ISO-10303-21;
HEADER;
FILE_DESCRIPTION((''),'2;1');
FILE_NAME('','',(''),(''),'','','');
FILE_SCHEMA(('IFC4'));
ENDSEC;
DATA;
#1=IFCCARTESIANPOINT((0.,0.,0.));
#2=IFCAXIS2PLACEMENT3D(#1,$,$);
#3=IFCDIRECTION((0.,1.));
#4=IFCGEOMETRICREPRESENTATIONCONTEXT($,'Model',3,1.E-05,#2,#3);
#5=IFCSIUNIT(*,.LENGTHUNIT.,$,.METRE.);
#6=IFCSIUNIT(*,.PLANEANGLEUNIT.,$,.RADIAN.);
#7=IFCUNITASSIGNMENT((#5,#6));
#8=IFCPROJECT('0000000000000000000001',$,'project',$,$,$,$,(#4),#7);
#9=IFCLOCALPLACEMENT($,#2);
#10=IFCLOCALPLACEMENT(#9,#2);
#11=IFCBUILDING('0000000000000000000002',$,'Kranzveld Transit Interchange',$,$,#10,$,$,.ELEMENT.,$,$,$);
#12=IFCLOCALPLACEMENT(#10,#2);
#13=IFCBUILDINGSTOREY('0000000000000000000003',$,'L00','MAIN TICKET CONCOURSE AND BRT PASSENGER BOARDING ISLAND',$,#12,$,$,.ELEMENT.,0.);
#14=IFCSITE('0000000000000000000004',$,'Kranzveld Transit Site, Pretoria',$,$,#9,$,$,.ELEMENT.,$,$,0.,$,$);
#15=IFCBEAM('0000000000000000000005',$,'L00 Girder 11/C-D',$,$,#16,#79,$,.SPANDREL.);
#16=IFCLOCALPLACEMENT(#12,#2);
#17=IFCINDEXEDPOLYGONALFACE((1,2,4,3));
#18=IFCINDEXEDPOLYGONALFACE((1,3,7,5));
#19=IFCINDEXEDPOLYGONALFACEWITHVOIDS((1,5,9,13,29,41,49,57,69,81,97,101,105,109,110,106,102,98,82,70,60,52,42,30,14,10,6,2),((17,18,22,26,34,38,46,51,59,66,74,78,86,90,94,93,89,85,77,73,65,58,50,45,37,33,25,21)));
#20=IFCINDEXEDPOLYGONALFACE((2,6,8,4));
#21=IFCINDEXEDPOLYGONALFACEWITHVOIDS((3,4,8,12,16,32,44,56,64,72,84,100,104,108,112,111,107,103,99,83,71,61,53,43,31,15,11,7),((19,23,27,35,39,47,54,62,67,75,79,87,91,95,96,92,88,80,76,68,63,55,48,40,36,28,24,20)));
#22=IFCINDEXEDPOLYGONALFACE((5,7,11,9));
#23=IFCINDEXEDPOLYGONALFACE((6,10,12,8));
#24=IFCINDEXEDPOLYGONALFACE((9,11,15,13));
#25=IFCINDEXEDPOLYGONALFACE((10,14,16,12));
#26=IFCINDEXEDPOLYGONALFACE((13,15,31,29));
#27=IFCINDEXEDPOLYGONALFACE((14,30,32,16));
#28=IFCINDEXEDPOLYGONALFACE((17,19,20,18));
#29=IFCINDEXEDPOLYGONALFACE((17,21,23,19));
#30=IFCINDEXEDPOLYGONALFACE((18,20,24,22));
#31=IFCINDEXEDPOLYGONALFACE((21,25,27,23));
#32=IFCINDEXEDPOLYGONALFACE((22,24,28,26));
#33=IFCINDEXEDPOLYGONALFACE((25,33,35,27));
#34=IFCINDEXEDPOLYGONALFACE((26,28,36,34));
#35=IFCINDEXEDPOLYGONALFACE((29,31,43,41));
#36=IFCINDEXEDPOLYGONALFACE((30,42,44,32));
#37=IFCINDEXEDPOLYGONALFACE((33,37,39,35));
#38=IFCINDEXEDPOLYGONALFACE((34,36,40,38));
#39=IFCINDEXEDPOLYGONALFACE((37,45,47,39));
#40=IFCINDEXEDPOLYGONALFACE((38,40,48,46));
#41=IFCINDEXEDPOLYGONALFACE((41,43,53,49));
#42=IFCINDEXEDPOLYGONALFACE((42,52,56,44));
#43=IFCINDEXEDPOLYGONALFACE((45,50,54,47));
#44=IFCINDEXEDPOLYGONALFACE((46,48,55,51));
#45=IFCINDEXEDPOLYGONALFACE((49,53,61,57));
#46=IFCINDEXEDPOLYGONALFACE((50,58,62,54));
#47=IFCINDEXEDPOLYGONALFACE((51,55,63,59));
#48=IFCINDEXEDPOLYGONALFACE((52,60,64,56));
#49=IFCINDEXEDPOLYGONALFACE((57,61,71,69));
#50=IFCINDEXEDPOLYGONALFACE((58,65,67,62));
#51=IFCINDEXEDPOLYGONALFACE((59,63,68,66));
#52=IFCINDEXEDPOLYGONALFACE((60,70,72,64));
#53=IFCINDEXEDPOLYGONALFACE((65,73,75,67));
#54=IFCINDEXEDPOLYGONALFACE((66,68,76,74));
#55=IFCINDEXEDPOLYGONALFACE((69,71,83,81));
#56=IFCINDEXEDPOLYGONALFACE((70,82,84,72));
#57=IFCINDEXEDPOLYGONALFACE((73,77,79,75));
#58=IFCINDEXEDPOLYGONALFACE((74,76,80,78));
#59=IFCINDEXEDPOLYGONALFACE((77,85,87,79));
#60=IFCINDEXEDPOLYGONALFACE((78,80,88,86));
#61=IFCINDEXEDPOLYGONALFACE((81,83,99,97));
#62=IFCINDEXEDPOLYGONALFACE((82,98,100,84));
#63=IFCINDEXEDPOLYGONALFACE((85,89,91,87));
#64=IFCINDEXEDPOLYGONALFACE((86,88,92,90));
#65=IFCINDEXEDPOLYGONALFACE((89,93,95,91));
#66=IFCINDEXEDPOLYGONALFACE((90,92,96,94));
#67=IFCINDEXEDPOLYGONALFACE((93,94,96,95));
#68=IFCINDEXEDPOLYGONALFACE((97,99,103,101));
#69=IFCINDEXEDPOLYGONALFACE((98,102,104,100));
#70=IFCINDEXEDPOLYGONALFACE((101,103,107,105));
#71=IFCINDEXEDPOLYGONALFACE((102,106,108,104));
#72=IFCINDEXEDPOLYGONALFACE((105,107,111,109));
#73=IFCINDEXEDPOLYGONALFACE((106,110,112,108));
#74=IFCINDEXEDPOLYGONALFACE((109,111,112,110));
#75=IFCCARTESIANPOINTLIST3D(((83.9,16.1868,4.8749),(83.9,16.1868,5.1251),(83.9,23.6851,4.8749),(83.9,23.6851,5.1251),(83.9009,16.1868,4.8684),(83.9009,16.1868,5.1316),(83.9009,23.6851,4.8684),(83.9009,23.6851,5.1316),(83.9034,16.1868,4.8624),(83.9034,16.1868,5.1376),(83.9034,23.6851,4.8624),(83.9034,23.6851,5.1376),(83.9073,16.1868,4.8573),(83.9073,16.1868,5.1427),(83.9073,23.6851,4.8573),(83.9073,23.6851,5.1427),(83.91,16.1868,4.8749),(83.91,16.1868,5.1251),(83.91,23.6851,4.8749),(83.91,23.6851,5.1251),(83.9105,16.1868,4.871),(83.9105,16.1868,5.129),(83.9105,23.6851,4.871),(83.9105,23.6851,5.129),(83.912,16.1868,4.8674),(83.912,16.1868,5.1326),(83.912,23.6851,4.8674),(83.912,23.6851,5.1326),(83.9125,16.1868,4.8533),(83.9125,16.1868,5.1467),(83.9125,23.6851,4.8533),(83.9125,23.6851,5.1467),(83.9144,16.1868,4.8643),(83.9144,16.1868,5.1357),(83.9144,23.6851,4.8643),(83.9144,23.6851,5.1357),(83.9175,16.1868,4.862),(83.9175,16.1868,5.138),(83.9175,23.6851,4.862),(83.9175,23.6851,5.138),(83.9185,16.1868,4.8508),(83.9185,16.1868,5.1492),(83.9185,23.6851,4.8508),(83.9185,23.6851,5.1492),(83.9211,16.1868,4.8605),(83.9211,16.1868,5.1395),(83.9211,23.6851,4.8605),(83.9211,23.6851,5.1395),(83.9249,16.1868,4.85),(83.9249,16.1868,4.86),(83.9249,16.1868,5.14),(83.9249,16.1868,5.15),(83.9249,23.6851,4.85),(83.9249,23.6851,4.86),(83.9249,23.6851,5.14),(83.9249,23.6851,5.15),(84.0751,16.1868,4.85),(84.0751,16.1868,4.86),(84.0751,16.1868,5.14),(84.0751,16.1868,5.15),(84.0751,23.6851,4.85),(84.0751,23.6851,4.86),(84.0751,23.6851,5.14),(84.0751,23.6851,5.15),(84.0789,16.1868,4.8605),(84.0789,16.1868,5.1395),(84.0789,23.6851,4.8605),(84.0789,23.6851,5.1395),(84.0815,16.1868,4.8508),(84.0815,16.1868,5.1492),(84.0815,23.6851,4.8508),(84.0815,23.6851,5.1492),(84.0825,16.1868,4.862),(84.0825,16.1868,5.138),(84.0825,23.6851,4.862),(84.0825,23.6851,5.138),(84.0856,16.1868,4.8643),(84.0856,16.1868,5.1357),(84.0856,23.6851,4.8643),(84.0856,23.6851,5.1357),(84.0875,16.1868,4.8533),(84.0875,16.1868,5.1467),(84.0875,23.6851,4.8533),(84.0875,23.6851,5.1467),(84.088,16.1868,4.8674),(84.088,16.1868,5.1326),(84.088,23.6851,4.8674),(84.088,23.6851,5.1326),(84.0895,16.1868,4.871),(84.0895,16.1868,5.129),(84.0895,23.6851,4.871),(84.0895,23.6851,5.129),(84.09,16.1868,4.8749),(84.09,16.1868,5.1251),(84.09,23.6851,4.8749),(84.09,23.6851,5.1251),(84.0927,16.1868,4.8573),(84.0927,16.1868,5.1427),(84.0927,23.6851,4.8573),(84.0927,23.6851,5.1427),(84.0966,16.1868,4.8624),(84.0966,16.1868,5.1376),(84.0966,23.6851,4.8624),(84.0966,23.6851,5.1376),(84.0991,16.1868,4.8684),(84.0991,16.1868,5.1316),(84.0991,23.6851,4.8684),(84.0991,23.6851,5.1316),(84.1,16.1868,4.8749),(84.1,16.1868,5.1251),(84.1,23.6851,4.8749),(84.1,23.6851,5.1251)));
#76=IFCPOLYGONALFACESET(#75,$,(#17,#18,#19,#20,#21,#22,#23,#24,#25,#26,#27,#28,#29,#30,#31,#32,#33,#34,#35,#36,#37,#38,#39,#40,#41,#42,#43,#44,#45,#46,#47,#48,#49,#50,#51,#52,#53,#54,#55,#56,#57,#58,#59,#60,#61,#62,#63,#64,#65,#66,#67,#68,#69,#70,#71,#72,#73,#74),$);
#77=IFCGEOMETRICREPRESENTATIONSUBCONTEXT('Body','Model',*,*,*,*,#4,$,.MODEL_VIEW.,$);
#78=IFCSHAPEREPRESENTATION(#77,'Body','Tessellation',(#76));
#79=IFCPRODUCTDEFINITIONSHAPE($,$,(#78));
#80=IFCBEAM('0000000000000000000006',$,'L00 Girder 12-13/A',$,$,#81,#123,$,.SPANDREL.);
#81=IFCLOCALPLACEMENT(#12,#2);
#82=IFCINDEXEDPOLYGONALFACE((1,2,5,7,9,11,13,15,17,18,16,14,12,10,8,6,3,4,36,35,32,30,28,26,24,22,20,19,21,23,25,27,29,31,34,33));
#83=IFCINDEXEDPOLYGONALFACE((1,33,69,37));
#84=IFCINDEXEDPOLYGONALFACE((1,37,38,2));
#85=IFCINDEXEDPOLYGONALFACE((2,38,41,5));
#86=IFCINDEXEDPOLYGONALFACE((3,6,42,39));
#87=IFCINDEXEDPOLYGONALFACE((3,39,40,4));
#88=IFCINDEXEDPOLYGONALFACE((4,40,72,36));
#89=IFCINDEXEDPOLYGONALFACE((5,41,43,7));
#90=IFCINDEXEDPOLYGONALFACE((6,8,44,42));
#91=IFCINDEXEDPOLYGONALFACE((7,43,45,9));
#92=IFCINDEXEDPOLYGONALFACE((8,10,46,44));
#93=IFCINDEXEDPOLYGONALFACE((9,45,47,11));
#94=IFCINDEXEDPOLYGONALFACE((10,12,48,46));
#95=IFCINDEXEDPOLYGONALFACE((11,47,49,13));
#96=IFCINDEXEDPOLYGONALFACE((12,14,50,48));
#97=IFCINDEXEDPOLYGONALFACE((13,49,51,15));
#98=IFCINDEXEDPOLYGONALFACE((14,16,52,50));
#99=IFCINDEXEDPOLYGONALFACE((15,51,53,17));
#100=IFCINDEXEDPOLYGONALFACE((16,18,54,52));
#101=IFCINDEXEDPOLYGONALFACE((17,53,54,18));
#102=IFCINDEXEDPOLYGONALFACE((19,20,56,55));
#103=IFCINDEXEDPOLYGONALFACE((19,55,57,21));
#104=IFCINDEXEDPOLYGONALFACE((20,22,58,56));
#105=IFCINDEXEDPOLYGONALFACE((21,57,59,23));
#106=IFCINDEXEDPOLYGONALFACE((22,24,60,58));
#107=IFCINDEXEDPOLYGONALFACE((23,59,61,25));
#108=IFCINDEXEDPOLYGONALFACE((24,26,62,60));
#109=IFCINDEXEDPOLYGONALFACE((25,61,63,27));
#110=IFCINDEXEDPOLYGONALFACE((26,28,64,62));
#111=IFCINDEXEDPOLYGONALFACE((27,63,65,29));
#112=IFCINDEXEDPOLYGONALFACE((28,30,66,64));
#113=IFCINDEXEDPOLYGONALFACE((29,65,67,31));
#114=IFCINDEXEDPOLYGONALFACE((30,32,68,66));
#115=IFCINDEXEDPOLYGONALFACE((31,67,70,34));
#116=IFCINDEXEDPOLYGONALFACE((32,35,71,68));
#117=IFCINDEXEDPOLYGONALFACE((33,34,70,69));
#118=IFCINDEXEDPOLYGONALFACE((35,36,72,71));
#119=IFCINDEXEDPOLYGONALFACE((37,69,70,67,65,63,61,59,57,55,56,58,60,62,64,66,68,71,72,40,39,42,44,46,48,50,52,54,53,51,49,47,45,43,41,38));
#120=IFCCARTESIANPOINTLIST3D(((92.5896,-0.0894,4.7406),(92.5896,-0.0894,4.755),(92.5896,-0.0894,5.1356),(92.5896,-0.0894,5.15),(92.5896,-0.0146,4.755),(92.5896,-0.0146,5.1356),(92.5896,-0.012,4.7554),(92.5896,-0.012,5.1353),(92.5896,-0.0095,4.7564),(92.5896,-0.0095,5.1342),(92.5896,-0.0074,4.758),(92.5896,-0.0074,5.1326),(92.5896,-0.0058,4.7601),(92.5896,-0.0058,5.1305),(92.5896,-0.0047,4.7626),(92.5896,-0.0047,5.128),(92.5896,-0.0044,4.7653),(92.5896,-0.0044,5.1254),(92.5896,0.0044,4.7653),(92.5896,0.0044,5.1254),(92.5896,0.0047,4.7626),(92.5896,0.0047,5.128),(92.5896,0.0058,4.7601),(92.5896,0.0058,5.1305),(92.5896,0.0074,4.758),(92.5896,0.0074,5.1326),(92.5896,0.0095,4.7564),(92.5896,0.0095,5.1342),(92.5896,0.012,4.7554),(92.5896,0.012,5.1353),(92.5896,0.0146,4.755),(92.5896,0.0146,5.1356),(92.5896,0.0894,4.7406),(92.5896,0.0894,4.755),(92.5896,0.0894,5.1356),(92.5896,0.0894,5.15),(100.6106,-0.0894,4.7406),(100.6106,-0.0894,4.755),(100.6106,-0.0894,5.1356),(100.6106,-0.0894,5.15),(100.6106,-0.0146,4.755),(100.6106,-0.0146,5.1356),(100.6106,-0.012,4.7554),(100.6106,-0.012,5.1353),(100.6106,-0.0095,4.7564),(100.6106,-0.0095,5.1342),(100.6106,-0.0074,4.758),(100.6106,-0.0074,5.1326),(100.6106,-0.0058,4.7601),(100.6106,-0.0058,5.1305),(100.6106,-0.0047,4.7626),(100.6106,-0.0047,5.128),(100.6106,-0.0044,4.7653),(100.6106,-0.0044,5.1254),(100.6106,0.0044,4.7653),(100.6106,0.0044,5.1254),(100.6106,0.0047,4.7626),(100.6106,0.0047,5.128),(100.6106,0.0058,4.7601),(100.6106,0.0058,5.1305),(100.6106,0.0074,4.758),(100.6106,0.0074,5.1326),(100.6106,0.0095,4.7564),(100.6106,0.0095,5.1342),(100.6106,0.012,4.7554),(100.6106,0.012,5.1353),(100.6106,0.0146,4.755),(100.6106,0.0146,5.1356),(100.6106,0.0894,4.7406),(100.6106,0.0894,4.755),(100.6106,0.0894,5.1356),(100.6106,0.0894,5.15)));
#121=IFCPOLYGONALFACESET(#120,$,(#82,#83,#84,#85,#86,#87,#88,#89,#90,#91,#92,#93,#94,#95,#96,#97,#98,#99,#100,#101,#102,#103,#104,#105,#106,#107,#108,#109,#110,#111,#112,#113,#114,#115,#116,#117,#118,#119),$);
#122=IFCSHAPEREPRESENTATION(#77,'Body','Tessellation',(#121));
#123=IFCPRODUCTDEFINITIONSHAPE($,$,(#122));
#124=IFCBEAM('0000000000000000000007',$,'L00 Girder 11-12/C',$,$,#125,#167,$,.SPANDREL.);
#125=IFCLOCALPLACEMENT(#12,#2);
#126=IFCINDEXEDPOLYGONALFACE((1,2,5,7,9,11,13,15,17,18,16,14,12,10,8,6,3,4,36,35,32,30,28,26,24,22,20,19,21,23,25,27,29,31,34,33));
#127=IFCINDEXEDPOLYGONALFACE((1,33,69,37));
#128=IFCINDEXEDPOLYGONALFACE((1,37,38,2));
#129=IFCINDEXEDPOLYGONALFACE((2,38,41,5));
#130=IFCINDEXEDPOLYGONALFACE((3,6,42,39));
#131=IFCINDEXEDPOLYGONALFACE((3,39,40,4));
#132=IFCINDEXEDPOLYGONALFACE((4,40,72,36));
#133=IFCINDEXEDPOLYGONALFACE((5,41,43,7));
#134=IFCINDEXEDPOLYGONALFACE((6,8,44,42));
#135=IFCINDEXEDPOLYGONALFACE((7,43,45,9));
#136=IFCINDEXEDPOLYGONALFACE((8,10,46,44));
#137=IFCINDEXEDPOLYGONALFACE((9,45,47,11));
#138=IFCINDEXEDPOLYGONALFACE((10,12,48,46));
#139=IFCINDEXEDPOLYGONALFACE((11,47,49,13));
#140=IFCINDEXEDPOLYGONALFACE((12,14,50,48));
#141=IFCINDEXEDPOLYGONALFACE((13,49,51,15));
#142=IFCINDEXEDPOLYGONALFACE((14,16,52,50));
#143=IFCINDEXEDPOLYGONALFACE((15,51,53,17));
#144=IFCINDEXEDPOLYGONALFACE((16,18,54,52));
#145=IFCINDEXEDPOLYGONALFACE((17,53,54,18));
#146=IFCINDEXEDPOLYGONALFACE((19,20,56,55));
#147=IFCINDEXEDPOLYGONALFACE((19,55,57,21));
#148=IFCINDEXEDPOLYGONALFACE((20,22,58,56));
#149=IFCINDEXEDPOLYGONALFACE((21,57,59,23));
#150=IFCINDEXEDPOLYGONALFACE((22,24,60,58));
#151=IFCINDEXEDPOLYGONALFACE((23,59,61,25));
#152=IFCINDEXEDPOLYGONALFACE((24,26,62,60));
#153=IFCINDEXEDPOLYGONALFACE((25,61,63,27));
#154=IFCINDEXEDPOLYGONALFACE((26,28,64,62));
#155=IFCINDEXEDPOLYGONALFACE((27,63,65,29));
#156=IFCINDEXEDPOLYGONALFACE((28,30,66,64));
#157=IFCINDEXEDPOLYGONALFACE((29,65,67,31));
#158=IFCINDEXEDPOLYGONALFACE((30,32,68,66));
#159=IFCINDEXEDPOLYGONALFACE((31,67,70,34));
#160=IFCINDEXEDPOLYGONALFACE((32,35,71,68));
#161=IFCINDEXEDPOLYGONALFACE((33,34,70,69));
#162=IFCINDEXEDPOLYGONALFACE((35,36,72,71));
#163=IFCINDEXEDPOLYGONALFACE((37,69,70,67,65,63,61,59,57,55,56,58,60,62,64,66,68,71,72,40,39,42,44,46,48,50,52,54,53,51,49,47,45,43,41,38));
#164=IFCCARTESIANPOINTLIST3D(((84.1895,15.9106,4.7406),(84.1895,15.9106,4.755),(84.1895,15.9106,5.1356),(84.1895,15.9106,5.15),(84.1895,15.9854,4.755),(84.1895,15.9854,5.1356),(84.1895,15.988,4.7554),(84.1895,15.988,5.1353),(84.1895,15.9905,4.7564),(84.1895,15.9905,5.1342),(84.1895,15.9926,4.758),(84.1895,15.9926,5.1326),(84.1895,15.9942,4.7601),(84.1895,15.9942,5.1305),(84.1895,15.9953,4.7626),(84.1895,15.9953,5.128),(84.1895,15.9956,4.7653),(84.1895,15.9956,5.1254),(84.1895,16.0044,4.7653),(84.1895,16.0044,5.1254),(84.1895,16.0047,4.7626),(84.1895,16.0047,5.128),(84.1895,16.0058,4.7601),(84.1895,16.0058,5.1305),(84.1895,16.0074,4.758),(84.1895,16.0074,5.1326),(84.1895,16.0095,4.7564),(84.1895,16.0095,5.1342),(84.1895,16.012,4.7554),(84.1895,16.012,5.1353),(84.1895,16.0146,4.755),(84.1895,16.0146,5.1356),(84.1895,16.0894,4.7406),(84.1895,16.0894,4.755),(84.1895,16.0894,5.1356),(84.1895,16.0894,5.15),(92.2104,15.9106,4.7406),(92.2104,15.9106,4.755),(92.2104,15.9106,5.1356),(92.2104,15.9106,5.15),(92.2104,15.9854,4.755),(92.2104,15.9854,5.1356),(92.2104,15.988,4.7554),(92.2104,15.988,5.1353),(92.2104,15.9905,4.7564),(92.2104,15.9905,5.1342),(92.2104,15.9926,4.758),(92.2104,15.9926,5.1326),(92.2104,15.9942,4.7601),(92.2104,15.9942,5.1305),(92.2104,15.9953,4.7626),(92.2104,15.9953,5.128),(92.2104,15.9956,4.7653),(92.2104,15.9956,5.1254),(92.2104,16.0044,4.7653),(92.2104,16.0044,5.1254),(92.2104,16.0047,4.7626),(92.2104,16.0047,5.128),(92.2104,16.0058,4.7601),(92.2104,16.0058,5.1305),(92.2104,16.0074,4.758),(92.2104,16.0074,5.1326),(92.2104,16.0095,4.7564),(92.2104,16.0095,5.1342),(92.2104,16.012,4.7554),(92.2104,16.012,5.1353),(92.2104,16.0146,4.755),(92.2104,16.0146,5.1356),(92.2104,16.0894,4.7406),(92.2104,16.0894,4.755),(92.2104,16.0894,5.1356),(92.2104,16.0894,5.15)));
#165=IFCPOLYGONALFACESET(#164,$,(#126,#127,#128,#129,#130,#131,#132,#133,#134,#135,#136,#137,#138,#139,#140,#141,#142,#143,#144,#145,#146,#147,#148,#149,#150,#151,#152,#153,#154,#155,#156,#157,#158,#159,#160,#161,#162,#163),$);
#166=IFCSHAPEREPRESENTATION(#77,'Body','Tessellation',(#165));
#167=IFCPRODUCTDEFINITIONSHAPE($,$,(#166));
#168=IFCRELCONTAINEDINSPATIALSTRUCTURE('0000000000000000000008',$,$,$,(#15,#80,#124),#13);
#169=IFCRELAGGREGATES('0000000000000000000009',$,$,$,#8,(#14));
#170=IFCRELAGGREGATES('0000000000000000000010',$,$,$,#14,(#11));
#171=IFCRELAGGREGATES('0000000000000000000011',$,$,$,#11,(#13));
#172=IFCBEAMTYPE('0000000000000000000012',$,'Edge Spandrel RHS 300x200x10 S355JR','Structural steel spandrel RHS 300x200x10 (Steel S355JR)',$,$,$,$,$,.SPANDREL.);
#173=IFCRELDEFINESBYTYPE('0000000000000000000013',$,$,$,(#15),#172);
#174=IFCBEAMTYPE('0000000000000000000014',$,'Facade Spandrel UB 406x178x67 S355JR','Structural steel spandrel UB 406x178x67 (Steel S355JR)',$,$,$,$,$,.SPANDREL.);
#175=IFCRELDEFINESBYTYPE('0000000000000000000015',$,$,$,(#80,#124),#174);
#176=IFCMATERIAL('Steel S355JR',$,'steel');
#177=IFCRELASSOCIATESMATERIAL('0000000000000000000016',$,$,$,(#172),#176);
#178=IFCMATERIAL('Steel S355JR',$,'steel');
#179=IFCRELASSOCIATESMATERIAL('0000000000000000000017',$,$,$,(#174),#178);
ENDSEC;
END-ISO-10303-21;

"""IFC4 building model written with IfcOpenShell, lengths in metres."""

from ifc_helpers import new_model, si_unit, direction, frame, origin, origin_2d, place, context, subcontext, project, spatial, hollow_rectangle, i_section, extrude, material, material_profile, profile_set, type_object, element, save


model = new_model("IFC4")

# Units and contexts
model_context = context("Model", 3, precision=1e-05, world=origin(), true_north=direction((0.0, 1.0)))
body_context = subcontext(model_context, "Body", "Model", "MODEL_VIEW")
ifc_project = project(units=[si_unit("LENGTHUNIT", "METRE"), si_unit("PLANEANGLEUNIT", "RADIAN")], contexts=[model_context])

# Site, building, storey
site_placement = place(None, origin())
site = spatial("IfcSite", under=ifc_project, at=site_placement, Name="Kranzveld Transit Site, Pretoria", CompositionType="ELEMENT", RefElevation=0.0)
building_placement = place(site_placement, origin())
building = spatial("IfcBuilding", under=site, at=building_placement, Name="Kranzveld Transit Interchange", CompositionType="ELEMENT")
storey_placement = place(building_placement, origin())
storey = spatial("IfcBuildingStorey", under=building, at=storey_placement, Name="L00", Description="MAIN TICKET CONCOURSE AND BRT PASSENGER BOARDING ISLAND", CompositionType="ELEMENT", Elevation=0.0)

# Beams
ifc_material_1 = material(Name="Steel S355JR", Category="steel")
ifc_material_profile_1 = material_profile(ifc_material_1, hollow_rectangle(XDim=0.2, YDim=0.3, WallThickness=0.01, InnerFilletRadius=0.0149, OuterFilletRadius=0.0249, at=origin_2d()), Name="RHS 300x200x10")
ifc_profile_set_1 = profile_set([ifc_material_profile_1], Name="Steel S355JR")
beam_type_1 = type_object("IfcBeamType", Name="Edge Spandrel RHS 300x200x10 S355JR", Description="Structural steel spandrel RHS 300x200x10 (Steel S355JR)", PredefinedType="SPANDREL", material=ifc_profile_set_1)
beam_1_placement = place(storey_placement, frame((84.0, 16.1868, 5.0), z_axis=(0.0, 1.0, 0.0), x_axis=(-1.0, 0.0, 0.0)))
element("IfcBeam", 1, at=beam_1_placement, inside=storey, type_object=beam_type_1, Name="L00 Girder 11/C-D", PredefinedType="SPANDREL", context=body_context, shape_type="SweptSolid", body=[
    extrude(hollow_rectangle(XDim=0.2, YDim=0.3, WallThickness=0.01, InnerFilletRadius=0.0149, OuterFilletRadius=0.0249, at=origin_2d()), origin(), (0.0, 0.0, 1.0), 7.4983),
])
ifc_material_2 = material(Name="Steel S355JR", Category="steel")
ifc_material_profile_2 = material_profile(ifc_material_2, i_section(OverallWidth=0.1787, OverallDepth=0.4094, WebThickness=0.0088, FlangeThickness=0.0144, FilletRadius=0.0103, at=origin_2d()), Name="UB 406x178x67")
ifc_profile_set_2 = profile_set([ifc_material_profile_2], Name="Steel S355JR")
beam_type_2 = type_object("IfcBeamType", Name="Facade Spandrel UB 406x178x67 S355JR", Description="Structural steel spandrel UB 406x178x67 (Steel S355JR)", PredefinedType="SPANDREL", material=ifc_profile_set_2)
for number, where, z_axis, x_axis, name in (
    (2, (92.5896, 0.0, 4.9453), (1.0, 0.0, 0.0), (0.0, 1.0, 0.0), "L00 Girder 12-13/A"),
    (3, (84.1895, 16.0, 4.9453), (1.0, 0.0, 0.0), (0.0, 1.0, 0.0), "L00 Girder 11-12/C"),
):
    element("IfcBeam", number, at=place(storey_placement, frame(where, z_axis=z_axis, x_axis=x_axis)), inside=storey, type_object=beam_type_2, Name=name, PredefinedType="SPANDREL", context=body_context, shape_type="SweptSolid", body=[
        extrude(i_section(OverallWidth=0.1787, OverallDepth=0.4094, WebThickness=0.0088, FlangeThickness=0.0144, FilletRadius=0.0103, at=origin_2d()), origin(), (0.0, 0.0, 1.0), 8.021),
    ])

save(model, "model.ifc")
